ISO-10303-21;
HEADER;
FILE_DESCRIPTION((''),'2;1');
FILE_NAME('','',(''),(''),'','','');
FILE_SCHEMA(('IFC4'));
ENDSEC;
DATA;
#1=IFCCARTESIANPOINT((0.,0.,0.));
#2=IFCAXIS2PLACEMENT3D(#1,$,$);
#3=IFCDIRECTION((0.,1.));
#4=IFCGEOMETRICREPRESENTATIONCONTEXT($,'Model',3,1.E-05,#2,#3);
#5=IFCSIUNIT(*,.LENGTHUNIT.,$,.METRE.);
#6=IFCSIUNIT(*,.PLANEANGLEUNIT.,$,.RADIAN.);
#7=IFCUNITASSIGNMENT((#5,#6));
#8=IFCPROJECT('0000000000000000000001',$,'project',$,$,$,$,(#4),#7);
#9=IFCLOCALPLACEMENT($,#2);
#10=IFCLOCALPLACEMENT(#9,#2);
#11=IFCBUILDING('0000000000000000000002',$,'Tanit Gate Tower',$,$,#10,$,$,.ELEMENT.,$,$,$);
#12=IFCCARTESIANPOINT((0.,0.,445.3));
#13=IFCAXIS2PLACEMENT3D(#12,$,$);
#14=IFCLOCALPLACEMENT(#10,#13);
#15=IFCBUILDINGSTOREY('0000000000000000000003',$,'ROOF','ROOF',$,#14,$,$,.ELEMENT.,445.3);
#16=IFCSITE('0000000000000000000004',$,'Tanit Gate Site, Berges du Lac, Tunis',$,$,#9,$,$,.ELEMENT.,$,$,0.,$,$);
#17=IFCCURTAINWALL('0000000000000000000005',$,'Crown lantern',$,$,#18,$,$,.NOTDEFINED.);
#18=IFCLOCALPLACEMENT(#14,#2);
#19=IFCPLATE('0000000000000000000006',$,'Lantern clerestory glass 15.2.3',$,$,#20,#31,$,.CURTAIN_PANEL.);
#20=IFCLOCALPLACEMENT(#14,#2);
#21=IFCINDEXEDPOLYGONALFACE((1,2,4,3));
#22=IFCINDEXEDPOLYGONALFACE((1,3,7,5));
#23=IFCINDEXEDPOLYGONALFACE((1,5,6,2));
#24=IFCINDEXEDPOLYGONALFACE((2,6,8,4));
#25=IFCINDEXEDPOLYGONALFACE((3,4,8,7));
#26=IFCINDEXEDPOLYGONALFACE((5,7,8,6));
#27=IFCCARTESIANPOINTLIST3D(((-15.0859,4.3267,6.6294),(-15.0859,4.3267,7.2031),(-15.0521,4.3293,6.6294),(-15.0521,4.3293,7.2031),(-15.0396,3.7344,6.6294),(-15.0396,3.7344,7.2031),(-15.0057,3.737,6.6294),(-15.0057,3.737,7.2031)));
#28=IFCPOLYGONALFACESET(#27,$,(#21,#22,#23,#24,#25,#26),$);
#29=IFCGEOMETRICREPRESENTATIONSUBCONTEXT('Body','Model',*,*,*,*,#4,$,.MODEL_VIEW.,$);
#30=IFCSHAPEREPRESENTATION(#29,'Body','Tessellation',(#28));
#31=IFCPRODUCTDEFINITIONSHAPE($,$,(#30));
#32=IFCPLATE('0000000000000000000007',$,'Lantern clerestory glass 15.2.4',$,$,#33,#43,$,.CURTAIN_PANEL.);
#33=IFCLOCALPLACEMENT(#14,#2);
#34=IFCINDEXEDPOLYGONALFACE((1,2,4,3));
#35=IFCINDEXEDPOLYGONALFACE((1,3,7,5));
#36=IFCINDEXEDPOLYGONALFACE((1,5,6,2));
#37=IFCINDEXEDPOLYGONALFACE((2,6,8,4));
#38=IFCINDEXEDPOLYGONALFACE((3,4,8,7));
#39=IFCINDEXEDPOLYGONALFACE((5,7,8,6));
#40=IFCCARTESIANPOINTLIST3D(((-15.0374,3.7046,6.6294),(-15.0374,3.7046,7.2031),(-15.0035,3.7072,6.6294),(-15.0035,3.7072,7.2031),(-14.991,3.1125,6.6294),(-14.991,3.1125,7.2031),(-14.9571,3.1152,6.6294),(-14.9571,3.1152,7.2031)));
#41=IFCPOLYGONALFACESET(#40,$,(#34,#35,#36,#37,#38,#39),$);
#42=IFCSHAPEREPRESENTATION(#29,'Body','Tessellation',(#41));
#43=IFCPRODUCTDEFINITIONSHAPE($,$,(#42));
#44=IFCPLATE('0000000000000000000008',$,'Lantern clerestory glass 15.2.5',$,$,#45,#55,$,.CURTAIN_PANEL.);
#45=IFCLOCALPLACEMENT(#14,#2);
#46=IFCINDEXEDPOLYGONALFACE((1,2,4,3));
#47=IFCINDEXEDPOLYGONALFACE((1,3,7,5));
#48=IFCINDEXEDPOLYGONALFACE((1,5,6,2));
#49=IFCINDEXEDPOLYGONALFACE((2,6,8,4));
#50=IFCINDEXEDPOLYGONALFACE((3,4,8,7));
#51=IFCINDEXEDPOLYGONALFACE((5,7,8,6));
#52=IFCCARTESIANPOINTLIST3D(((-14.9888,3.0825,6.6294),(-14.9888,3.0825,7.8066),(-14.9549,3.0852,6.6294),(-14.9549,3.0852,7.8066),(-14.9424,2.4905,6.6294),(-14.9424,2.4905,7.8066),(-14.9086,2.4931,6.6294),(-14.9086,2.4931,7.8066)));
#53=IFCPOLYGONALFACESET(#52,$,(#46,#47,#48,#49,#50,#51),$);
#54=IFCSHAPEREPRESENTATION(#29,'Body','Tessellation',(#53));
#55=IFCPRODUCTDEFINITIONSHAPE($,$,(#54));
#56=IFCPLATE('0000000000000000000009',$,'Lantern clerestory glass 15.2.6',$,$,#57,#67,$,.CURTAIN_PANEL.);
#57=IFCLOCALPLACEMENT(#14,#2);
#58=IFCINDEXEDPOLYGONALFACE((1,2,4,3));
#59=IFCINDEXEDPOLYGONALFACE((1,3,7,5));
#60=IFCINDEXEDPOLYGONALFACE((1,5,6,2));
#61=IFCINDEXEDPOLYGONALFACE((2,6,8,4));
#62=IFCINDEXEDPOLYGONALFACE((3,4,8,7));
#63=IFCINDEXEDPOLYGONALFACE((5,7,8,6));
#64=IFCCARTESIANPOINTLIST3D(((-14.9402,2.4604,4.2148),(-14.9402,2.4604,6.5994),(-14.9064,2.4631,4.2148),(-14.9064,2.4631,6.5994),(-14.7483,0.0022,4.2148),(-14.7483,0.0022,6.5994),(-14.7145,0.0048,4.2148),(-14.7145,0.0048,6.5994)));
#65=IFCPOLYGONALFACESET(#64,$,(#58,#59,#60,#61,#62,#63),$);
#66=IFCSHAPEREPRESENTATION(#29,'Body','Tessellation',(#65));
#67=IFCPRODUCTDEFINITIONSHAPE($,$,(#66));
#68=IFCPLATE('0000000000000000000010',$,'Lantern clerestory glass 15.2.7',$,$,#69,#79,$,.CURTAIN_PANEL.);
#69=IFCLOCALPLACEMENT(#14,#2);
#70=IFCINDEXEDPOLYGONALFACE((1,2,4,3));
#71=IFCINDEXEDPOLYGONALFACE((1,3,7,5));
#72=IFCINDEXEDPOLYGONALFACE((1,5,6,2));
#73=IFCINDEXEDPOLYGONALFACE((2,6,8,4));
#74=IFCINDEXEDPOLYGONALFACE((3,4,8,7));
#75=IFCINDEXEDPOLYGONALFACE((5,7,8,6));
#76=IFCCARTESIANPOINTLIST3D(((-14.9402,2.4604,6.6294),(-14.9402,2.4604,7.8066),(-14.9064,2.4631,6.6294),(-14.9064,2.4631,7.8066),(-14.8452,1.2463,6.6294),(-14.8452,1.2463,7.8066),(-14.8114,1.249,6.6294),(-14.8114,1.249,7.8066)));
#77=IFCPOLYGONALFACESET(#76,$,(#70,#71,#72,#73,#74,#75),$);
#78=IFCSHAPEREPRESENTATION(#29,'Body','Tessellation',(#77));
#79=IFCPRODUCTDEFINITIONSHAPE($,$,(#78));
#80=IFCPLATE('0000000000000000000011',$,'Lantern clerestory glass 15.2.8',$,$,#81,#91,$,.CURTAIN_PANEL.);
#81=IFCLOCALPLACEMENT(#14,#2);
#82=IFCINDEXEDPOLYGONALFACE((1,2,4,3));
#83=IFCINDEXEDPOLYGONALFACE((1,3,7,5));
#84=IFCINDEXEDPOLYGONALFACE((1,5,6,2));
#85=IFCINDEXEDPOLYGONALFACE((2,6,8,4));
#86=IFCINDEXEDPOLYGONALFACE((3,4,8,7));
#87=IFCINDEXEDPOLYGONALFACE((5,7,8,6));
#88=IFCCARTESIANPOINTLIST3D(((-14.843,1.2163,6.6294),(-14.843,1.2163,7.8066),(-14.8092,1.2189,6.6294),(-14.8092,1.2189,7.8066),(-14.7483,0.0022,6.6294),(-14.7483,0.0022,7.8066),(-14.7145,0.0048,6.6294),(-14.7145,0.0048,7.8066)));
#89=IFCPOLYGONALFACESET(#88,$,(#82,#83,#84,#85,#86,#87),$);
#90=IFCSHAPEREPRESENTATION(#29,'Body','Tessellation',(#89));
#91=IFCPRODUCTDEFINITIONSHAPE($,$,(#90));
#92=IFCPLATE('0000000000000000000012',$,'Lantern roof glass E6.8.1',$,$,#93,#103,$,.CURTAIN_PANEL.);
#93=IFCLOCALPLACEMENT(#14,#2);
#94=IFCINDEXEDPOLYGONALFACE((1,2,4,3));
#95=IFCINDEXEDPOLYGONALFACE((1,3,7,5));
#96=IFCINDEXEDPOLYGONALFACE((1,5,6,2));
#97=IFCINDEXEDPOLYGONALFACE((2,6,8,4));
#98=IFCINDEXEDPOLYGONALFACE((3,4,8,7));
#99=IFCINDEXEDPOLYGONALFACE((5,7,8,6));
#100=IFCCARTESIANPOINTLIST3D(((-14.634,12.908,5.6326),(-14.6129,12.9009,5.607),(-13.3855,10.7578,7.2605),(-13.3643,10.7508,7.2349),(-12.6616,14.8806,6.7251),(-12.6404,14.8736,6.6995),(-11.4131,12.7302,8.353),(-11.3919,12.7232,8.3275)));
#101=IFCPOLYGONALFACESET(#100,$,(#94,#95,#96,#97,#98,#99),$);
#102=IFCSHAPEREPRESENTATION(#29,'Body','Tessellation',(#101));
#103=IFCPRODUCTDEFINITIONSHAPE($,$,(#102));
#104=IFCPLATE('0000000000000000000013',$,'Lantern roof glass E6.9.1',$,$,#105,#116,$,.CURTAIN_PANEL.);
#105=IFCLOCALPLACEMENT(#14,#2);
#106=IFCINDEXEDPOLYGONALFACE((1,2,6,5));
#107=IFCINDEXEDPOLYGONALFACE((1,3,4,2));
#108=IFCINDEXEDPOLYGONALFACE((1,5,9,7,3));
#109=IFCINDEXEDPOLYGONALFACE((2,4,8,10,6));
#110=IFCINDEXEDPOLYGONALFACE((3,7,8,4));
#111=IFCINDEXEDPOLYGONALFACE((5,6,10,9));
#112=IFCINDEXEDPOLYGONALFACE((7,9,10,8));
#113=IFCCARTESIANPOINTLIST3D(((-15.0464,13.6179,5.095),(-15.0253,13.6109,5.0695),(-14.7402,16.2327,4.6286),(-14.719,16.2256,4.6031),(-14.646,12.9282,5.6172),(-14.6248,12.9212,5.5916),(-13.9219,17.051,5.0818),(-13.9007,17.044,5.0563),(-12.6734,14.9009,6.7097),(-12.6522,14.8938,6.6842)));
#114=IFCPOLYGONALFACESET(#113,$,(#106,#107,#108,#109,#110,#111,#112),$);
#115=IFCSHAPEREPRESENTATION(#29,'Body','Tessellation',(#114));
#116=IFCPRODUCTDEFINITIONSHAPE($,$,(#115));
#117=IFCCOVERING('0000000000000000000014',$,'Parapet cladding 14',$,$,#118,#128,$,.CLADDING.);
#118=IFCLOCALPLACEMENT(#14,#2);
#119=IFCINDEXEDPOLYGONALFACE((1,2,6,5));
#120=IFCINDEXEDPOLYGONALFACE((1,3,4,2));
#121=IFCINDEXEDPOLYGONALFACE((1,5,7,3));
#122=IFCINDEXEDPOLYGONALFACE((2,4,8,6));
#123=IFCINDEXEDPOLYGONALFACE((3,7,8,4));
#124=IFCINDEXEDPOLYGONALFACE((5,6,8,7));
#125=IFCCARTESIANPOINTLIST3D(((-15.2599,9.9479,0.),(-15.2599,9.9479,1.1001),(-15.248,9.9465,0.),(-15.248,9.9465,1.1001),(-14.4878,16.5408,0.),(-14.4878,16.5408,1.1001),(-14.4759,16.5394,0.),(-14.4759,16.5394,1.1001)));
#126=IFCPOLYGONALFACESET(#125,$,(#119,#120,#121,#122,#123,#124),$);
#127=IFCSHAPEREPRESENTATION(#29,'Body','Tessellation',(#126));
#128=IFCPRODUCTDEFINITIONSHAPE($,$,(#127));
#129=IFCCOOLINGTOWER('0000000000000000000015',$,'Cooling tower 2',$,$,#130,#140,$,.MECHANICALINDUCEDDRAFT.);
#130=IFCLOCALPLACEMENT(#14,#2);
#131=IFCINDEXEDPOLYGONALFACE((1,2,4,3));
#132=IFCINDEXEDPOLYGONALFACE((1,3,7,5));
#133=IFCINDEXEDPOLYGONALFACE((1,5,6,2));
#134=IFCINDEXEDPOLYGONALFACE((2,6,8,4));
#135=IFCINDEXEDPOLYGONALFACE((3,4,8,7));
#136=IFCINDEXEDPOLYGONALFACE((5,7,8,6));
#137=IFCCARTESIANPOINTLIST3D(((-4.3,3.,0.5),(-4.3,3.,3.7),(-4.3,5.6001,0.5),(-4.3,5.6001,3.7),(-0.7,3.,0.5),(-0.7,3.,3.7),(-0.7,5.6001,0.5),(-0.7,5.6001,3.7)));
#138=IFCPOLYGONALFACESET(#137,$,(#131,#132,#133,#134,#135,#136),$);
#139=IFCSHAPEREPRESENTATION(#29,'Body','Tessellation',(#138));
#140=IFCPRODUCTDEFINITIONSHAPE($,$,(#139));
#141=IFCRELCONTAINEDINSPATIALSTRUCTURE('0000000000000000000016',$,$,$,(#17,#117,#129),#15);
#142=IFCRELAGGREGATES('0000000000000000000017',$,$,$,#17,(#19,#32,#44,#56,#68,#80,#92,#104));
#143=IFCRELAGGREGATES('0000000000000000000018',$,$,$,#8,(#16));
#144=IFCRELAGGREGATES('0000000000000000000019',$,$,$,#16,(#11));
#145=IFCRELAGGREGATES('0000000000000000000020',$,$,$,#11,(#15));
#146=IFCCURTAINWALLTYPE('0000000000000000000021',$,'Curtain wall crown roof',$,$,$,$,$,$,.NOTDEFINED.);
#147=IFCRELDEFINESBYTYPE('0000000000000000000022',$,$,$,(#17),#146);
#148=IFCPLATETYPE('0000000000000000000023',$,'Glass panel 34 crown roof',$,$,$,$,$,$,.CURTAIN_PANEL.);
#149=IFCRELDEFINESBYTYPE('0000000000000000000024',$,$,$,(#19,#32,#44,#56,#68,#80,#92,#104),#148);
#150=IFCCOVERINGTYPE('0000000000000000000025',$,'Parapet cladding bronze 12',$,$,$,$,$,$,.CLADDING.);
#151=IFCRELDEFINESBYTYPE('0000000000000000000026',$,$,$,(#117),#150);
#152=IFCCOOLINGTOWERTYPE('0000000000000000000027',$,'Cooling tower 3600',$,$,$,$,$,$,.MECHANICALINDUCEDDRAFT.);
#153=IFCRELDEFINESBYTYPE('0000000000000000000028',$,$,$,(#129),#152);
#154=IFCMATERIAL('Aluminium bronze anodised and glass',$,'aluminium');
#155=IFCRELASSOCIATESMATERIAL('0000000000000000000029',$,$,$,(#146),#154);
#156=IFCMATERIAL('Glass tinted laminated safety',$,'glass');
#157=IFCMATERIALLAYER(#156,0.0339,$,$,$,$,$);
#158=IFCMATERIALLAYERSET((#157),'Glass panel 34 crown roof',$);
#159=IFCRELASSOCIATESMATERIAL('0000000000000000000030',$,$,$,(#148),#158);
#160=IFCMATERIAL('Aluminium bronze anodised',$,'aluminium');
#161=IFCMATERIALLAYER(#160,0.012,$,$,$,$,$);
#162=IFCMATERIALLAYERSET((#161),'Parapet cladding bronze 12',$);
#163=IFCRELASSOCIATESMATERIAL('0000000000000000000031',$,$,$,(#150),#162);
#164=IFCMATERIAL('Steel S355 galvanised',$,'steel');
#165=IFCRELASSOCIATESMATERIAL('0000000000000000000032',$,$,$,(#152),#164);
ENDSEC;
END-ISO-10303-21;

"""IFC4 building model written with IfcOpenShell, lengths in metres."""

from ifc_helpers import new_model, si_unit, direction, frame, origin, origin_2d, place, context, subcontext, project, spatial, polyline, rectangle, outline, extrude, material, layer, layer_set, type_object, element, aggregate, save


model = new_model("IFC4")

# Units and contexts
model_context = context("Model", 3, precision=1e-05, world=origin(), true_north=direction((0.0, 1.0)))
body_context = subcontext(model_context, "Body", "Model", "MODEL_VIEW")
ifc_project = project(units=[si_unit("LENGTHUNIT", "METRE"), si_unit("PLANEANGLEUNIT", "RADIAN")], contexts=[model_context])

# Site, building, storey
site_placement = place(None, origin())
site = spatial("IfcSite", under=ifc_project, at=site_placement, Name="Tanit Gate Site, Berges du Lac, Tunis", CompositionType="ELEMENT", RefElevation=0.0)
building_placement = place(site_placement, origin())
building = spatial("IfcBuilding", under=site, at=building_placement, Name="Tanit Gate Tower", CompositionType="ELEMENT")
storey_placement = place(building_placement, frame((0.0, 0.0, 445.3)))
storey = spatial("IfcBuildingStorey", under=building, at=storey_placement, Name="ROOF", Description="ROOF", CompositionType="ELEMENT", Elevation=445.3)

# Curtain wall, plates
ifc_material_1 = material(Name="Aluminium bronze anodised and glass", Category="aluminium")
curtain_wall_type = type_object("IfcCurtainWallType", Name="Curtain wall crown roof", PredefinedType="NOTDEFINED", material=ifc_material_1)
curtain_wall_placement = place(storey_placement, origin())
curtain_wall = element("IfcCurtainWall", 1, at=curtain_wall_placement, inside=storey, type_object=curtain_wall_type, Name="Crown lantern", PredefinedType="NOTDEFINED")
ifc_material_2 = material(Name="Glass tinted laminated safety", Category="glass")
ifc_layer_1 = layer(ifc_material_2, 0.0339)
ifc_layer_set_1 = layer_set([ifc_layer_1], Name="Glass panel 34 crown roof")
plate_type = type_object("IfcPlateType", Name="Glass panel 34 crown roof", PredefinedType="CURTAIN_PANEL", material=ifc_layer_set_1)
plate_1_placement = place(storey_placement, frame((-15.0859, 4.3267, 6.6294), z_axis=(-0.996947, -0.078079, 0.0), x_axis=(0.078079, -0.996947, 0.0)))
plate_1 = element("IfcPlate", 2, at=plate_1_placement, type_object=plate_type, Name="Lantern clerestory glass 15.2.3", PredefinedType="CURTAIN_PANEL", context=body_context, shape_type="SweptSolid", body=[
    extrude(outline(polyline([(0.0, 0.0), (0.5941, 0.0), (0.5941, 0.5737), (0.0, 0.5737), (0.0, 0.0)])), origin(), (0.0, 0.0, -1.0), 0.0339),
])
plate_2_placement = place(storey_placement, frame((-15.0374, 3.7046, 6.6294), z_axis=(-0.996945, -0.078111, 0.0), x_axis=(0.078111, -0.996945, 0.0)))
plate_2 = element("IfcPlate", 3, at=plate_2_placement, type_object=plate_type, Name="Lantern clerestory glass 15.2.4", PredefinedType="CURTAIN_PANEL", context=body_context, shape_type="SweptSolid", body=[
    extrude(outline(polyline([(0.0, 0.0), (0.5939, 0.0), (0.5939, 0.5737), (0.0, 0.5737), (0.0, 0.0)])), origin(), (0.0, 0.0, -1.0), 0.0339),
])
plate_3_placement = place(storey_placement, frame((-14.9888, 3.0825, 6.6294), z_axis=(-0.996945, -0.078111, 0.0), x_axis=(0.078111, -0.996945, 0.0)))
plate_3 = element("IfcPlate", 4, at=plate_3_placement, type_object=plate_type, Name="Lantern clerestory glass 15.2.5", PredefinedType="CURTAIN_PANEL", context=body_context, shape_type="SweptSolid", body=[
    extrude(outline(polyline([(0.0, 0.0), (0.5939, 0.0), (0.5939, 1.1772), (0.0, 1.1772), (0.0, 0.0)])), origin(), (0.0, 0.0, -1.0), 0.0339),
])
plate_4_placement = place(storey_placement, frame((-14.9402, 2.4604, 4.2148), z_axis=(-0.996967, -0.077825, 0.0), x_axis=(0.077825, -0.996967, 0.0)))
plate_4 = element("IfcPlate", 5, at=plate_4_placement, type_object=plate_type, Name="Lantern clerestory glass 15.2.6", PredefinedType="CURTAIN_PANEL", context=body_context, shape_type="SweptSolid", body=[
    extrude(outline(polyline([(0.0, 0.0), (2.4657, 0.0), (2.4657, 2.3845), (0.0, 2.3845), (0.0, 0.0)])), origin(), (0.0, 0.0, -1.0), 0.0339),
])
plate_5_placement = place(storey_placement, frame((-14.9402, 2.4604, 6.6294), z_axis=(-0.996955, -0.077984, 0.0), x_axis=(0.077984, -0.996955, 0.0)))
plate_5 = element("IfcPlate", 6, at=plate_5_placement, type_object=plate_type, Name="Lantern clerestory glass 15.2.7", PredefinedType="CURTAIN_PANEL", context=body_context, shape_type="SweptSolid", body=[
    extrude(outline(polyline([(0.0, 0.0), (1.2178, 0.0), (1.2178, 1.1772), (0.0, 1.1772), (0.0, 0.0)])), origin(), (0.0, 0.0, -1.0), 0.0339),
])
plate_6_placement = place(storey_placement, frame((-14.843, 1.2163, 6.6294), z_axis=(-0.99697, -0.077785, 0.0), x_axis=(0.077785, -0.99697, 0.0)))
plate_6 = element("IfcPlate", 7, at=plate_6_placement, type_object=plate_type, Name="Lantern clerestory glass 15.2.8", PredefinedType="CURTAIN_PANEL", context=body_context, shape_type="SweptSolid", body=[
    extrude(outline(polyline([(0.0, 0.0), (1.2178, 0.0), (1.2178, 1.1772), (0.0, 1.1772), (0.0, 0.0)])), origin(), (0.0, 0.0, -1.0), 0.0339),
])
plate_7_placement = place(storey_placement, frame((-12.6616, 14.8806, 6.7251), z_axis=(-0.624516, 0.207434, 0.752962), x_axis=(-0.658376, -0.658451, -0.364669)))
plate_7 = element("IfcPlate", 8, at=plate_7_placement, type_object=plate_type, Name="Lantern roof glass E6.8.1", PredefinedType="CURTAIN_PANEL", context=body_context, shape_type="SweptSolid", body=[
    extrude(outline(polyline([(0.0, 0.0), (2.9959, 0.0), (2.996, 2.9719), (0.0003, 2.9721), (0.0, 0.0)])), origin(), (0.0, 0.0, -1.0), 0.0339),
])
plate_8_placement = place(storey_placement, frame((-14.646, 12.9282, 5.6172), z_axis=(-0.624492, 0.207459, 0.752974), x_axis=(0.658414, 0.658418, 0.36466)))
plate_8 = element("IfcPlate", 9, at=plate_8_placement, type_object=plate_type, Name="Lantern roof glass E6.9.1", PredefinedType="CURTAIN_PANEL", context=body_context, shape_type="SweptSolid", body=[
    extrude(outline(polyline([(0.0, 0.0), (2.9961, 0.0), (2.9961, 2.9719), (1.7532, 2.9718), (0.0001, 0.9533), (0.0, 0.0)])), origin(), (0.0, 0.0, -1.0), 0.0339),
])
aggregate(curtain_wall, [plate_1, plate_2, plate_3, plate_4, plate_5, plate_6, plate_7, plate_8])

# Covering
ifc_material_3 = material(Name="Aluminium bronze anodised", Category="aluminium")
ifc_layer_2 = layer(ifc_material_3, 0.012)
ifc_layer_set_2 = layer_set([ifc_layer_2], Name="Parapet cladding bronze 12")
covering_type = type_object("IfcCoveringType", Name="Parapet cladding bronze 12", PredefinedType="CLADDING", material=ifc_layer_set_2)
covering_placement = place(storey_placement, frame((-14.8679, 13.2437, 0.0), z_axis=(0.0, 0.0, 1.0), x_axis=(0.116318, 0.993212, 0.0)))
element("IfcCovering", 10, at=covering_placement, inside=storey, type_object=covering_type, Name="Parapet cladding 14", PredefinedType="CLADDING", context=body_context, shape_type="SweptSolid", body=[
    extrude(rectangle(XDim=6.6379, YDim=0.012, at=origin_2d()), origin(), (0.0, 0.0, 1.0), 1.1001),
])

# Cooling tower
ifc_material_4 = material(Name="Steel S355 galvanised", Category="steel")
cooling_tower_type = type_object("IfcCoolingTowerType", Name="Cooling tower 3600", PredefinedType="MECHANICALINDUCEDDRAFT", material=ifc_material_4)
cooling_tower_placement = place(storey_placement, frame((-2.5, 4.3, 0.5), z_axis=(0.0, 0.0, 1.0), x_axis=(1.0, 0.0, 0.0)))
element("IfcCoolingTower", 11, at=cooling_tower_placement, inside=storey, type_object=cooling_tower_type, Name="Cooling tower 2", PredefinedType="MECHANICALINDUCEDDRAFT", context=body_context, shape_type="SweptSolid", body=[
    extrude(rectangle(XDim=3.6001, YDim=2.6001, at=origin_2d()), origin(), (0.0, 0.0, 1.0), 3.2),
])

save(model, "model.ifc")
